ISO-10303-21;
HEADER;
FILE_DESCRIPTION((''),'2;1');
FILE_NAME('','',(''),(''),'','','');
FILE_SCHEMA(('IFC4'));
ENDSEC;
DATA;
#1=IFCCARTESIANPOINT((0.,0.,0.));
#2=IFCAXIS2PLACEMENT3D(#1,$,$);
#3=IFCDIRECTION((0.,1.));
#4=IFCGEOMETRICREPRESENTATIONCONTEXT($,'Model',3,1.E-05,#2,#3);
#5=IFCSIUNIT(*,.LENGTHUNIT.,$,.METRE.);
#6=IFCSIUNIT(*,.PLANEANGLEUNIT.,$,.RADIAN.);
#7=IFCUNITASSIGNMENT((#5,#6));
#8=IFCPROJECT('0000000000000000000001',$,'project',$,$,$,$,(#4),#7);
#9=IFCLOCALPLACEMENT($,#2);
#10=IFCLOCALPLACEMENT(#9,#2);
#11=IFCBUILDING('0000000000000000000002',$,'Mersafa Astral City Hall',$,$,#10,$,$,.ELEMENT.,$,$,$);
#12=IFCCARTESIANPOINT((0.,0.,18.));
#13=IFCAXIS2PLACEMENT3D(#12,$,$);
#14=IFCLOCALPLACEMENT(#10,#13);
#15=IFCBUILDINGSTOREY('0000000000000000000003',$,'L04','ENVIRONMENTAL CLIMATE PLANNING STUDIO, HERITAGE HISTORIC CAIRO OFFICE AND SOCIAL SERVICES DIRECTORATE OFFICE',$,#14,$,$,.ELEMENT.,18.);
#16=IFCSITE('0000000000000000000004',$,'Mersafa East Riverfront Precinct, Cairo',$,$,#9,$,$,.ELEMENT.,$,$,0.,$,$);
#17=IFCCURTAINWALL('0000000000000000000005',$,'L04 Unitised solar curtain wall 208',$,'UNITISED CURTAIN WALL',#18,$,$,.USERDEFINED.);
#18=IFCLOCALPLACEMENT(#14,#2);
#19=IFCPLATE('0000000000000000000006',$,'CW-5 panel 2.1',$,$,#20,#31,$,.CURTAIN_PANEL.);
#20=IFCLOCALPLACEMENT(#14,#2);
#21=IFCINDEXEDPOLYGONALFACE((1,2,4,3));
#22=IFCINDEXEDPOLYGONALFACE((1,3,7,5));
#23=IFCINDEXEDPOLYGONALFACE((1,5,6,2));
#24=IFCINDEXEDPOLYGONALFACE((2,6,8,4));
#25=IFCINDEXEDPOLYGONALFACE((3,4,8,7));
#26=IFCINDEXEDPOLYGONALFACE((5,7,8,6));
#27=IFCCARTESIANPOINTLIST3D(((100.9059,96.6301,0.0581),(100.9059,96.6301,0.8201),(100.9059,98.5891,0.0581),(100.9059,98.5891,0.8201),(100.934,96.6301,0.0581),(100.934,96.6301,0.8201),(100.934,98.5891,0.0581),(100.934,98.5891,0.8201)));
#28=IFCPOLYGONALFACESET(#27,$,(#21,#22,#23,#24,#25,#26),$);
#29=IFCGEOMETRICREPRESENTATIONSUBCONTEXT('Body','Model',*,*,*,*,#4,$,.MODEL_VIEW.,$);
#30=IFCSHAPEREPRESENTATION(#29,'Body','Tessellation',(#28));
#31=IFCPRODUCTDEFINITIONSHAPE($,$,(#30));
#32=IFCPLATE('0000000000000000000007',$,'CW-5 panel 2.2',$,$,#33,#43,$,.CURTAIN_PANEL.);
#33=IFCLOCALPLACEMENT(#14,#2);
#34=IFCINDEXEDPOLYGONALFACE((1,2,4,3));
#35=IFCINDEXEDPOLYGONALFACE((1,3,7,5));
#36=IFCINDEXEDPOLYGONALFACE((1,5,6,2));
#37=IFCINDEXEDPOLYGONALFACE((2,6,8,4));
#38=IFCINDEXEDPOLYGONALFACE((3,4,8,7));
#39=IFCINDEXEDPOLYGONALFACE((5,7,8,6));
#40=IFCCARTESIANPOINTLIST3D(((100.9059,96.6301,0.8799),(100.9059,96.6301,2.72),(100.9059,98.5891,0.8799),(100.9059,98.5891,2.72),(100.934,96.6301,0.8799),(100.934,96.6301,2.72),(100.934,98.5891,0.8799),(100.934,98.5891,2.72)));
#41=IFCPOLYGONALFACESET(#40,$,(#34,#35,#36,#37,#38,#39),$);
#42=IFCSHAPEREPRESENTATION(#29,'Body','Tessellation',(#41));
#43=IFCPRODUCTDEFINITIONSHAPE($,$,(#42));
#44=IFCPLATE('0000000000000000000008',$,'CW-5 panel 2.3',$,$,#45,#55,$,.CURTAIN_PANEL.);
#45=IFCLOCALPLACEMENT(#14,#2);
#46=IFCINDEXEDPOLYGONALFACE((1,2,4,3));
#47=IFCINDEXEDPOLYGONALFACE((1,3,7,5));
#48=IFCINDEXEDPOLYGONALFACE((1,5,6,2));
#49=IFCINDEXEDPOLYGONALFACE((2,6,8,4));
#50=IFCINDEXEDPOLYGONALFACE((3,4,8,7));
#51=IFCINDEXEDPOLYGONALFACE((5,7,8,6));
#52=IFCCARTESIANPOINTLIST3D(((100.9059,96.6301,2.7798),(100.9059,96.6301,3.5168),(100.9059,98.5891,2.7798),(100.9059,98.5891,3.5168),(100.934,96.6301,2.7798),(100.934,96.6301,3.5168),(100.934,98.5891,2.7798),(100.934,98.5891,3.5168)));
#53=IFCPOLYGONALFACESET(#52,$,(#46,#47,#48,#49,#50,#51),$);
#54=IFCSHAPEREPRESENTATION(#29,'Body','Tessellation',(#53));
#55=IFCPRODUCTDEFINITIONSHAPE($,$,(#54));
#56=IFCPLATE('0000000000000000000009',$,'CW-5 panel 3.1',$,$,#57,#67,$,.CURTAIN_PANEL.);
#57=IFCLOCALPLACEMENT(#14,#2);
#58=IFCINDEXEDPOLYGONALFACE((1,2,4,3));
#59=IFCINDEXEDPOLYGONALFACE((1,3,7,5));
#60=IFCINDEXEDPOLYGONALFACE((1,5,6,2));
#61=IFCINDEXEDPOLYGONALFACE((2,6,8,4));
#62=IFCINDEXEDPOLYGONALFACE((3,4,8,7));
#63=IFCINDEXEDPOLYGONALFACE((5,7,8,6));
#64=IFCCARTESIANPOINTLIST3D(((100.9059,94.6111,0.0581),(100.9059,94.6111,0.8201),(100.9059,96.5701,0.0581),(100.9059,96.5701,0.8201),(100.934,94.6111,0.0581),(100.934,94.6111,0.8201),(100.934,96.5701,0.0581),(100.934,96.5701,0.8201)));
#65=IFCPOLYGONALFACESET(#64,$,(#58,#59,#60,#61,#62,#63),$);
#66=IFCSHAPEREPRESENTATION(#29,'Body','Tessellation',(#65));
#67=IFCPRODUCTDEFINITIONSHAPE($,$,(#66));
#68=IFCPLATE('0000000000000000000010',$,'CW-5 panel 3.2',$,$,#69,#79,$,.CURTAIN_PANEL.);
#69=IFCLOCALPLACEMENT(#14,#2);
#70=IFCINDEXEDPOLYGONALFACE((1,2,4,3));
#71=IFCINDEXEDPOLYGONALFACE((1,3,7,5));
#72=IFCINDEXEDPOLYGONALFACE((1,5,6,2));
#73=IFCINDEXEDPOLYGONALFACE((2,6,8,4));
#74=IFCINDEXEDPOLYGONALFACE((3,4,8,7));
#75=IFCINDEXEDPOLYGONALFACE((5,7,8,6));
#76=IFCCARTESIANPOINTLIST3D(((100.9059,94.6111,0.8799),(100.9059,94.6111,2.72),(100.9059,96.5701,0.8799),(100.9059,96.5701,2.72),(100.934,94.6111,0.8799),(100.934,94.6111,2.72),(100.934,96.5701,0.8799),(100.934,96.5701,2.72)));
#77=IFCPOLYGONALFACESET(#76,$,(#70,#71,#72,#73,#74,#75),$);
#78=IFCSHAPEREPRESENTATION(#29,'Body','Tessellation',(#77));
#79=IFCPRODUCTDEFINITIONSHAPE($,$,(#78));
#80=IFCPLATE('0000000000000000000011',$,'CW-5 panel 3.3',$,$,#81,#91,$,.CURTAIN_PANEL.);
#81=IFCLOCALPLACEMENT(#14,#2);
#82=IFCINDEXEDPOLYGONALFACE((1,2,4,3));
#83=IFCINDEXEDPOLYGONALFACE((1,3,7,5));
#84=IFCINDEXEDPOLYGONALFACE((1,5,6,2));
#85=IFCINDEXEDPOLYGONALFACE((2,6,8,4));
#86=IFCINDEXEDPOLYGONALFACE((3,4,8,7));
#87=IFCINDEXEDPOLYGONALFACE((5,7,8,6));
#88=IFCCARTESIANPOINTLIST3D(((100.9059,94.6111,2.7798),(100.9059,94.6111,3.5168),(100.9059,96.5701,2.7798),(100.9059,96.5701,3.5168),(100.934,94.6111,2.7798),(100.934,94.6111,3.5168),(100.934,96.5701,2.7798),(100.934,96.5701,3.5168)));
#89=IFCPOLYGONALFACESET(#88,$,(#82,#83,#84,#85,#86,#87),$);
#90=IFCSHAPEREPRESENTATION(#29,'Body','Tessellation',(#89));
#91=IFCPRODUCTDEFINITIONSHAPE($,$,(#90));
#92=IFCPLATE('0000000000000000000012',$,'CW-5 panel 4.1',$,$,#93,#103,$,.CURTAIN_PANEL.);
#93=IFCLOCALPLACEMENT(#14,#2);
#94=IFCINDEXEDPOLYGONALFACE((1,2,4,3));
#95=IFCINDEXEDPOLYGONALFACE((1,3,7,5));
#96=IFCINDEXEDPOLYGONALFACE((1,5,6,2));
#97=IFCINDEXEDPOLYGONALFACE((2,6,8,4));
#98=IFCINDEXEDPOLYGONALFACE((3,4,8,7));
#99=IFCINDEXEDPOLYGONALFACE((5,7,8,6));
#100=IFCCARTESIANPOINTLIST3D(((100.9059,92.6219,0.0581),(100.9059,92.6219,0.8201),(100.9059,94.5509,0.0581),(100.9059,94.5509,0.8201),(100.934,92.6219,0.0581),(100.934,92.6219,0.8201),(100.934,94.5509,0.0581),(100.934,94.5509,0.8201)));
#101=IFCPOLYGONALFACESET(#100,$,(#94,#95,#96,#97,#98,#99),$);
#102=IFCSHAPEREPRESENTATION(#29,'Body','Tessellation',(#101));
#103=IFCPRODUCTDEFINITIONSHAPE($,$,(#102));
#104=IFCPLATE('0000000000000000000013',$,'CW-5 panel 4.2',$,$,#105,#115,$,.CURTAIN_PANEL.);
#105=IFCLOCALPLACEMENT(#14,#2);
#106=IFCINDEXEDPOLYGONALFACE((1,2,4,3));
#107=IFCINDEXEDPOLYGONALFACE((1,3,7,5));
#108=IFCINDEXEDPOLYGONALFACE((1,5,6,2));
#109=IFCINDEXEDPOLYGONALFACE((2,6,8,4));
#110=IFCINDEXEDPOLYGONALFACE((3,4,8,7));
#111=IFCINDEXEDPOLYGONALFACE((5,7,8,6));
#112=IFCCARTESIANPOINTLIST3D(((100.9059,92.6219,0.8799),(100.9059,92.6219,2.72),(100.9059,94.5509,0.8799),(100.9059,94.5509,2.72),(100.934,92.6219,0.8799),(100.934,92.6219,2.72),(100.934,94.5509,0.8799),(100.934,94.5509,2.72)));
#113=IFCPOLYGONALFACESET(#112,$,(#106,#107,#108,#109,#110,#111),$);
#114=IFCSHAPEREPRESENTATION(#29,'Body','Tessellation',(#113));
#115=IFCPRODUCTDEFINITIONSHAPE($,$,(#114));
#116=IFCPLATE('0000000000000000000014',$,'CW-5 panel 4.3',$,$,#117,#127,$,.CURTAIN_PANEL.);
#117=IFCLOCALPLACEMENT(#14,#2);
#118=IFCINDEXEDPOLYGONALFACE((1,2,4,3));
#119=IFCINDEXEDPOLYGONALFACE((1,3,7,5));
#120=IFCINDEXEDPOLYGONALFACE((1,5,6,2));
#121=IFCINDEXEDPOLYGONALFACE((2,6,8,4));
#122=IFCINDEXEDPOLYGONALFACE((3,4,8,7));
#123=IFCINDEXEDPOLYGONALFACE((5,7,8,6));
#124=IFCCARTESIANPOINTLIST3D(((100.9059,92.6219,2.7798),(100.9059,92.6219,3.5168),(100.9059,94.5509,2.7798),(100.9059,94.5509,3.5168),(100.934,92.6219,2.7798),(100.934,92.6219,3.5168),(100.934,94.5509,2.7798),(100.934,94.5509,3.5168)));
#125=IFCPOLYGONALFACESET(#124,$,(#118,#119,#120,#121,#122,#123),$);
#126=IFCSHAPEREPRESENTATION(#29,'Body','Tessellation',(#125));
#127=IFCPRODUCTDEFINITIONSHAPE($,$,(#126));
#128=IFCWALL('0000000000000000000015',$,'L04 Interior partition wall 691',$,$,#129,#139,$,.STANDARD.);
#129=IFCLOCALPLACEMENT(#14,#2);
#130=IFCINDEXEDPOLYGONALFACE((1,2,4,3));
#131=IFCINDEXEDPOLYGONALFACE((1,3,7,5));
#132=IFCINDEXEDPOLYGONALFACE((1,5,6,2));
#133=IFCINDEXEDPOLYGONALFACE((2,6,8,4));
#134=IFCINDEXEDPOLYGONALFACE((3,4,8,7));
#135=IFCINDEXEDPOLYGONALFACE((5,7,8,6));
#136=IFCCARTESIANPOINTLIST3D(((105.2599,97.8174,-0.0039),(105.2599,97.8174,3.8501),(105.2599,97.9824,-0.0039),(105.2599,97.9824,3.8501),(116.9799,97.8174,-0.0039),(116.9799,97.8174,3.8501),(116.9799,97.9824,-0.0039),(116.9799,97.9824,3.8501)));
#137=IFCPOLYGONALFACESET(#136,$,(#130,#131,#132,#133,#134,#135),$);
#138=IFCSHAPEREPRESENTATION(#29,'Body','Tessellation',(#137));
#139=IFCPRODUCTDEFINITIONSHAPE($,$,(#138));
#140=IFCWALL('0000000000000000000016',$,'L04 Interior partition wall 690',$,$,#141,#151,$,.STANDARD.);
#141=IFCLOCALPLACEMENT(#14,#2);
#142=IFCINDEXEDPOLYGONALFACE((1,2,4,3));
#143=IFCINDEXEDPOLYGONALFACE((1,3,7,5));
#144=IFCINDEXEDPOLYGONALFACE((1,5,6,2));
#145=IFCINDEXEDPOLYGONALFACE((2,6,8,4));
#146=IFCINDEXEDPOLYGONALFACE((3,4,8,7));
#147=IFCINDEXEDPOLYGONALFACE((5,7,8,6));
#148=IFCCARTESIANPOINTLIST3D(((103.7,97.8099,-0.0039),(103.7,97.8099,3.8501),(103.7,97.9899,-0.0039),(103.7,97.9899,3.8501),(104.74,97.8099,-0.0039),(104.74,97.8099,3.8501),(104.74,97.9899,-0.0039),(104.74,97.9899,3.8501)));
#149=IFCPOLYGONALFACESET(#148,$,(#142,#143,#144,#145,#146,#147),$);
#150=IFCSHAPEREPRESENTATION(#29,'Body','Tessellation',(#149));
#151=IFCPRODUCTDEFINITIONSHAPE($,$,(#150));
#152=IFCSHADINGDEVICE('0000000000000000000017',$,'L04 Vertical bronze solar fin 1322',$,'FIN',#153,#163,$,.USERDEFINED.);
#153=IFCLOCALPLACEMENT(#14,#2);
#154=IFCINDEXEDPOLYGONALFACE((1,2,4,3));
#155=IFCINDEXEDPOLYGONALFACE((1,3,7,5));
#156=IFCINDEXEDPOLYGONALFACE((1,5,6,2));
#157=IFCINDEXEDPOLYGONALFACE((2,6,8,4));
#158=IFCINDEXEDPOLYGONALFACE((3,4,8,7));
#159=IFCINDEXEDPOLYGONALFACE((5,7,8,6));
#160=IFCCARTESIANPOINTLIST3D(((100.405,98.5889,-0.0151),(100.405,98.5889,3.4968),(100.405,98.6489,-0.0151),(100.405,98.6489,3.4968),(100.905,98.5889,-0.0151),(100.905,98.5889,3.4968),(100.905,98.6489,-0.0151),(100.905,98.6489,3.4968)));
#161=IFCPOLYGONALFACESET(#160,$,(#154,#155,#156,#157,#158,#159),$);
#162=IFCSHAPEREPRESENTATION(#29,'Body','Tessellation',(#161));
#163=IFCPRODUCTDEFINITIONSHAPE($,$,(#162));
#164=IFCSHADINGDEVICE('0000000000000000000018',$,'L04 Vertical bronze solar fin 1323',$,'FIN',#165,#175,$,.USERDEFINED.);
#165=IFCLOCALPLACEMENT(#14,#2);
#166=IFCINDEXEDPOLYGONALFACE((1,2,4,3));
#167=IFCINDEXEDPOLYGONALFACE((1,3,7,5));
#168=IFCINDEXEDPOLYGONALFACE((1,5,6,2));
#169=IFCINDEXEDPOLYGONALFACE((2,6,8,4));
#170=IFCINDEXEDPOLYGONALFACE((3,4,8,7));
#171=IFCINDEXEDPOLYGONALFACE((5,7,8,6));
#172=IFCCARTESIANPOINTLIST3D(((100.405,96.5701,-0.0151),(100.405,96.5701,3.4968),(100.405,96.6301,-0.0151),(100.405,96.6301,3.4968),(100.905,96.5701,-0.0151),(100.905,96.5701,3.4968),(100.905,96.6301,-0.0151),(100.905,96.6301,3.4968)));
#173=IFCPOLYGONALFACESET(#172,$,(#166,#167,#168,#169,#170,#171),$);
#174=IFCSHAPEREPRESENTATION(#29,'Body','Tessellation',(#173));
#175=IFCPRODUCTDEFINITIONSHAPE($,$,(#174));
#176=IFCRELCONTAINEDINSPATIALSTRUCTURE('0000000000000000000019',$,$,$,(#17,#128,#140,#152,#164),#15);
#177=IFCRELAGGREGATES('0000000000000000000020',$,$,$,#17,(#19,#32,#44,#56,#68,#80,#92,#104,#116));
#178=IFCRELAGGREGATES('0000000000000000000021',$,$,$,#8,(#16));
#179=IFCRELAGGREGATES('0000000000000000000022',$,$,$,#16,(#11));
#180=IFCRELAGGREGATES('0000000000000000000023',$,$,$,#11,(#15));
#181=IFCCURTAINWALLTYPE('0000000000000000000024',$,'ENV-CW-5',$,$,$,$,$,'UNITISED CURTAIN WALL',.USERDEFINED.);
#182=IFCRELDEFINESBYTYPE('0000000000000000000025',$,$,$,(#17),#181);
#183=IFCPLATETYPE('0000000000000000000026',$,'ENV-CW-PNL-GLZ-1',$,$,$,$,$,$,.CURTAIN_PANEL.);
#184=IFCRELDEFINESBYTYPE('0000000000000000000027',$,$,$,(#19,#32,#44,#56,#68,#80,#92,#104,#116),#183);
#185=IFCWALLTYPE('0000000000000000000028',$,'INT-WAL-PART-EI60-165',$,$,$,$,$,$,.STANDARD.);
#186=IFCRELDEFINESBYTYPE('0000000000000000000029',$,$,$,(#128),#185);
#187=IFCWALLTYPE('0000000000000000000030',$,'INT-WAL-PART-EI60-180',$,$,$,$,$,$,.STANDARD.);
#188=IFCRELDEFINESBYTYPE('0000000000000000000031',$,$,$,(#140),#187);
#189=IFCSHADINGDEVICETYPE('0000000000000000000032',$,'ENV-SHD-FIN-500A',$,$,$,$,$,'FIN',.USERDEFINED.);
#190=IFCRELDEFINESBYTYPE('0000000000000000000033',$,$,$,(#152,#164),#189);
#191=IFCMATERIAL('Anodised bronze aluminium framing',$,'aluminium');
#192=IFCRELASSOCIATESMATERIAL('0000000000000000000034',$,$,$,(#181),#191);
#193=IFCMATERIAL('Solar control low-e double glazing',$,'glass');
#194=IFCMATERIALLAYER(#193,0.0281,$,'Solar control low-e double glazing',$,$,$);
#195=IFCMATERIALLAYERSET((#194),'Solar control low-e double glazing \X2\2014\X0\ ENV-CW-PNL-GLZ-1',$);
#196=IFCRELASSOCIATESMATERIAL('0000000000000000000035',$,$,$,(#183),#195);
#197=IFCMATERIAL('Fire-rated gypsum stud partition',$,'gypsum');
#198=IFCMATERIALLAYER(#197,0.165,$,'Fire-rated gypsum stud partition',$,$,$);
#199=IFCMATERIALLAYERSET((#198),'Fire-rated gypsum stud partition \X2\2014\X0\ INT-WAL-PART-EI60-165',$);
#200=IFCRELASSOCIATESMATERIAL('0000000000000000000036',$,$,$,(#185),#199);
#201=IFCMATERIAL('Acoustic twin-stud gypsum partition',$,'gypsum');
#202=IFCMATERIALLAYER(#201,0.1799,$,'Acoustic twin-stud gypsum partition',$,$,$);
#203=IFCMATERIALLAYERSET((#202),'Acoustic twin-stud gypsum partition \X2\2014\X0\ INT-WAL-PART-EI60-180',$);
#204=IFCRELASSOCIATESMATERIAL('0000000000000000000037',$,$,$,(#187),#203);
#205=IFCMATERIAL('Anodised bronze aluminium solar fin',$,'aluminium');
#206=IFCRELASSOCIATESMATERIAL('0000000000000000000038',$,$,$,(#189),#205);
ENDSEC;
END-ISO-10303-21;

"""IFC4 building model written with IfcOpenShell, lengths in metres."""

from ifc_helpers import new_model, si_unit, direction, frame, frame_2d, origin, origin_2d, place, context, subcontext, project, spatial, rectangle, extrude, material, layer, layer_set, type_object, element, aggregate, save


model = new_model("IFC4")

# Units and contexts
model_context = context("Model", 3, precision=1e-05, world=origin(), true_north=direction((0.0, 1.0)))
body_context = subcontext(model_context, "Body", "Model", "MODEL_VIEW")
ifc_project = project(units=[si_unit("LENGTHUNIT", "METRE"), si_unit("PLANEANGLEUNIT", "RADIAN")], contexts=[model_context])

# Site, building, storey
site_placement = place(None, origin())
site = spatial("IfcSite", under=ifc_project, at=site_placement, Name="Mersafa East Riverfront Precinct, Cairo", CompositionType="ELEMENT", RefElevation=0.0)
building_placement = place(site_placement, origin())
building = spatial("IfcBuilding", under=site, at=building_placement, Name="Mersafa Astral City Hall", CompositionType="ELEMENT")
storey_placement = place(building_placement, frame((0.0, 0.0, 18.0)))
storey = spatial("IfcBuildingStorey", under=building, at=storey_placement, Name="L04", Description="ENVIRONMENTAL CLIMATE PLANNING STUDIO, HERITAGE HISTORIC CAIRO OFFICE AND SOCIAL SERVICES DIRECTORATE OFFICE", CompositionType="ELEMENT", Elevation=18.0)

# Curtain wall
ifc_material_1 = material(Name="Anodised bronze aluminium framing", Category="aluminium")
curtain_wall_type = type_object("IfcCurtainWallType", Name="ENV-CW-5", ElementType="UNITISED CURTAIN WALL", PredefinedType="USERDEFINED", material=ifc_material_1)
curtain_wall_placement = place(storey_placement, origin())
curtain_wall = element("IfcCurtainWall", 1, at=curtain_wall_placement, inside=storey, type_object=curtain_wall_type, Name="L04 Unitised solar curtain wall 208", ObjectType="UNITISED CURTAIN WALL", PredefinedType="USERDEFINED")

# Plates
ifc_material_2 = material(Name="Solar control low-e double glazing", Category="glass")
ifc_layer_1 = layer(ifc_material_2, 0.0281, Name="Solar control low-e double glazing")
ifc_layer_set_1 = layer_set([ifc_layer_1], Name="Solar control low-e double glazing — ENV-CW-PNL-GLZ-1")
plate_type = type_object("IfcPlateType", Name="ENV-CW-PNL-GLZ-1", PredefinedType="CURTAIN_PANEL", material=ifc_layer_set_1)
plate_1_placement = place(storey_placement, frame((100.9199, 97.6096, 0.0581), z_axis=(0.0, 0.0, 1.0), x_axis=(0.0, -1.0, 0.0)))
plate_1 = element("IfcPlate", 2, at=plate_1_placement, type_object=plate_type, Name="CW-5 panel 2.1", PredefinedType="CURTAIN_PANEL", context=body_context, shape_type="SweptSolid", body=[
    extrude(rectangle(XDim=1.959, YDim=0.0281, at=origin_2d()), origin(), (0.0, 0.0, 1.0), 0.762),
])
plate_2_placement = place(storey_placement, frame((100.9199, 97.6096, 0.8799), z_axis=(0.0, 0.0, 1.0), x_axis=(0.0, -1.0, 0.0)))
plate_2 = element("IfcPlate", 3, at=plate_2_placement, type_object=plate_type, Name="CW-5 panel 2.2", PredefinedType="CURTAIN_PANEL", context=body_context, shape_type="SweptSolid", body=[
    extrude(rectangle(XDim=1.959, YDim=0.0281, at=origin_2d()), origin(), (0.0, 0.0, 1.0), 1.8401),
])
plate_3_placement = place(storey_placement, frame((100.9199, 97.6096, 2.7798), z_axis=(0.0, 0.0, 1.0), x_axis=(0.0, -1.0, 0.0)))
plate_3 = element("IfcPlate", 4, at=plate_3_placement, type_object=plate_type, Name="CW-5 panel 2.3", PredefinedType="CURTAIN_PANEL", context=body_context, shape_type="SweptSolid", body=[
    extrude(rectangle(XDim=1.959, YDim=0.0281, at=origin_2d()), origin(), (0.0, 0.0, 1.0), 0.7371),
])
plate_4_placement = place(storey_placement, frame((100.9199, 95.5906, 0.0581), z_axis=(0.0, 0.0, 1.0), x_axis=(0.0, -1.0, 0.0)))
plate_4 = element("IfcPlate", 5, at=plate_4_placement, type_object=plate_type, Name="CW-5 panel 3.1", PredefinedType="CURTAIN_PANEL", context=body_context, shape_type="SweptSolid", body=[
    extrude(rectangle(XDim=1.959, YDim=0.0281, at=origin_2d()), origin(), (0.0, 0.0, 1.0), 0.762),
])
plate_5_placement = place(storey_placement, frame((100.9199, 95.5906, 0.8799), z_axis=(0.0, 0.0, 1.0), x_axis=(0.0, -1.0, 0.0)))
plate_5 = element("IfcPlate", 6, at=plate_5_placement, type_object=plate_type, Name="CW-5 panel 3.2", PredefinedType="CURTAIN_PANEL", context=body_context, shape_type="SweptSolid", body=[
    extrude(rectangle(XDim=1.959, YDim=0.0281, at=origin_2d()), origin(), (0.0, 0.0, 1.0), 1.8401),
])
plate_6_placement = place(storey_placement, frame((100.9199, 95.5906, 2.7798), z_axis=(0.0, 0.0, 1.0), x_axis=(0.0, -1.0, 0.0)))
plate_6 = element("IfcPlate", 7, at=plate_6_placement, type_object=plate_type, Name="CW-5 panel 3.3", PredefinedType="CURTAIN_PANEL", context=body_context, shape_type="SweptSolid", body=[
    extrude(rectangle(XDim=1.959, YDim=0.0281, at=origin_2d()), origin(), (0.0, 0.0, 1.0), 0.7371),
])
plate_7_placement = place(storey_placement, frame((100.9199, 93.5864, 0.0581), z_axis=(0.0, 0.0, 1.0), x_axis=(0.0, -1.0, 0.0)))
plate_7 = element("IfcPlate", 8, at=plate_7_placement, type_object=plate_type, Name="CW-5 panel 4.1", PredefinedType="CURTAIN_PANEL", context=body_context, shape_type="SweptSolid", body=[
    extrude(rectangle(XDim=1.929, YDim=0.0281, at=origin_2d()), origin(), (0.0, 0.0, 1.0), 0.762),
])
plate_8_placement = place(storey_placement, frame((100.9199, 93.5864, 0.8799), z_axis=(0.0, 0.0, 1.0), x_axis=(0.0, -1.0, 0.0)))
plate_8 = element("IfcPlate", 9, at=plate_8_placement, type_object=plate_type, Name="CW-5 panel 4.2", PredefinedType="CURTAIN_PANEL", context=body_context, shape_type="SweptSolid", body=[
    extrude(rectangle(XDim=1.929, YDim=0.0281, at=origin_2d()), origin(), (0.0, 0.0, 1.0), 1.8401),
])
plate_9_placement = place(storey_placement, frame((100.9199, 93.5864, 2.7798), z_axis=(0.0, 0.0, 1.0), x_axis=(0.0, -1.0, 0.0)))
plate_9 = element("IfcPlate", 10, at=plate_9_placement, type_object=plate_type, Name="CW-5 panel 4.3", PredefinedType="CURTAIN_PANEL", context=body_context, shape_type="SweptSolid", body=[
    extrude(rectangle(XDim=1.929, YDim=0.0281, at=origin_2d()), origin(), (0.0, 0.0, 1.0), 0.7371),
])
aggregate(curtain_wall, [plate_1, plate_2, plate_3, plate_4, plate_5, plate_6, plate_7, plate_8, plate_9])

# Walls
ifc_material_3 = material(Name="Fire-rated gypsum stud partition", Category="gypsum")
ifc_layer_2 = layer(ifc_material_3, 0.165, Name="Fire-rated gypsum stud partition")
ifc_layer_set_2 = layer_set([ifc_layer_2], Name="Fire-rated gypsum stud partition — INT-WAL-PART-EI60-165")
wall_type_1 = type_object("IfcWallType", Name="INT-WAL-PART-EI60-165", PredefinedType="STANDARD", material=ifc_layer_set_2)
wall_1_placement = place(storey_placement, frame((105.26, 97.8999, -0.0039), z_axis=(0.0, 0.0, 1.0), x_axis=(1.0, 0.0, 0.0)))
element("IfcWall", 11, at=wall_1_placement, inside=storey, type_object=wall_type_1, Name="L04 Interior partition wall 691", PredefinedType="STANDARD", context=body_context, shape_type="SweptSolid", body=[
    extrude(rectangle(XDim=11.72, YDim=0.165, at=frame_2d((5.8599, 0.0))), origin(), (0.0, 0.0, 1.0), 3.854),
])
ifc_material_4 = material(Name="Acoustic twin-stud gypsum partition", Category="gypsum")
ifc_layer_3 = layer(ifc_material_4, 0.1799, Name="Acoustic twin-stud gypsum partition")
ifc_layer_set_3 = layer_set([ifc_layer_3], Name="Acoustic twin-stud gypsum partition — INT-WAL-PART-EI60-180")
wall_type_2 = type_object("IfcWallType", Name="INT-WAL-PART-EI60-180", PredefinedType="STANDARD", material=ifc_layer_set_3)
wall_2_placement = place(storey_placement, frame((103.7, 97.8999, -0.0039), z_axis=(0.0, 0.0, 1.0), x_axis=(1.0, 0.0, 0.0)))
element("IfcWall", 12, at=wall_2_placement, inside=storey, type_object=wall_type_2, Name="L04 Interior partition wall 690", PredefinedType="STANDARD", context=body_context, shape_type="SweptSolid", body=[
    extrude(rectangle(XDim=1.04, YDim=0.1799, at=frame_2d((0.52, 0.0))), origin(), (0.0, 0.0, 1.0), 3.854),
])

# Shading devices
ifc_material_5 = material(Name="Anodised bronze aluminium solar fin", Category="aluminium")
shading_device_type = type_object("IfcShadingDeviceType", Name="ENV-SHD-FIN-500A", ElementType="FIN", PredefinedType="USERDEFINED", material=ifc_material_5)
for number, where, z_axis, x_axis, name in (
    (13, (100.655, 98.6189, -0.0151), (0.0, 0.0, 1.0), (0.0, -1.0, 0.0), "L04 Vertical bronze solar fin 1322"),
    (14, (100.655, 96.6001, -0.0151), (0.0, 0.0, 1.0), (0.0, -1.0, 0.0), "L04 Vertical bronze solar fin 1323"),
):
    element("IfcShadingDevice", number, at=place(storey_placement, frame(where, z_axis=z_axis, x_axis=x_axis)), inside=storey, type_object=shading_device_type, Name=name, ObjectType="FIN", PredefinedType="USERDEFINED", context=body_context, shape_type="SweptSolid", body=[
        extrude(rectangle(XDim=0.0601, YDim=0.5, at=origin_2d()), origin(), (0.0, 0.0, 1.0), 3.512),
    ])

save(model, "model.ifc")
